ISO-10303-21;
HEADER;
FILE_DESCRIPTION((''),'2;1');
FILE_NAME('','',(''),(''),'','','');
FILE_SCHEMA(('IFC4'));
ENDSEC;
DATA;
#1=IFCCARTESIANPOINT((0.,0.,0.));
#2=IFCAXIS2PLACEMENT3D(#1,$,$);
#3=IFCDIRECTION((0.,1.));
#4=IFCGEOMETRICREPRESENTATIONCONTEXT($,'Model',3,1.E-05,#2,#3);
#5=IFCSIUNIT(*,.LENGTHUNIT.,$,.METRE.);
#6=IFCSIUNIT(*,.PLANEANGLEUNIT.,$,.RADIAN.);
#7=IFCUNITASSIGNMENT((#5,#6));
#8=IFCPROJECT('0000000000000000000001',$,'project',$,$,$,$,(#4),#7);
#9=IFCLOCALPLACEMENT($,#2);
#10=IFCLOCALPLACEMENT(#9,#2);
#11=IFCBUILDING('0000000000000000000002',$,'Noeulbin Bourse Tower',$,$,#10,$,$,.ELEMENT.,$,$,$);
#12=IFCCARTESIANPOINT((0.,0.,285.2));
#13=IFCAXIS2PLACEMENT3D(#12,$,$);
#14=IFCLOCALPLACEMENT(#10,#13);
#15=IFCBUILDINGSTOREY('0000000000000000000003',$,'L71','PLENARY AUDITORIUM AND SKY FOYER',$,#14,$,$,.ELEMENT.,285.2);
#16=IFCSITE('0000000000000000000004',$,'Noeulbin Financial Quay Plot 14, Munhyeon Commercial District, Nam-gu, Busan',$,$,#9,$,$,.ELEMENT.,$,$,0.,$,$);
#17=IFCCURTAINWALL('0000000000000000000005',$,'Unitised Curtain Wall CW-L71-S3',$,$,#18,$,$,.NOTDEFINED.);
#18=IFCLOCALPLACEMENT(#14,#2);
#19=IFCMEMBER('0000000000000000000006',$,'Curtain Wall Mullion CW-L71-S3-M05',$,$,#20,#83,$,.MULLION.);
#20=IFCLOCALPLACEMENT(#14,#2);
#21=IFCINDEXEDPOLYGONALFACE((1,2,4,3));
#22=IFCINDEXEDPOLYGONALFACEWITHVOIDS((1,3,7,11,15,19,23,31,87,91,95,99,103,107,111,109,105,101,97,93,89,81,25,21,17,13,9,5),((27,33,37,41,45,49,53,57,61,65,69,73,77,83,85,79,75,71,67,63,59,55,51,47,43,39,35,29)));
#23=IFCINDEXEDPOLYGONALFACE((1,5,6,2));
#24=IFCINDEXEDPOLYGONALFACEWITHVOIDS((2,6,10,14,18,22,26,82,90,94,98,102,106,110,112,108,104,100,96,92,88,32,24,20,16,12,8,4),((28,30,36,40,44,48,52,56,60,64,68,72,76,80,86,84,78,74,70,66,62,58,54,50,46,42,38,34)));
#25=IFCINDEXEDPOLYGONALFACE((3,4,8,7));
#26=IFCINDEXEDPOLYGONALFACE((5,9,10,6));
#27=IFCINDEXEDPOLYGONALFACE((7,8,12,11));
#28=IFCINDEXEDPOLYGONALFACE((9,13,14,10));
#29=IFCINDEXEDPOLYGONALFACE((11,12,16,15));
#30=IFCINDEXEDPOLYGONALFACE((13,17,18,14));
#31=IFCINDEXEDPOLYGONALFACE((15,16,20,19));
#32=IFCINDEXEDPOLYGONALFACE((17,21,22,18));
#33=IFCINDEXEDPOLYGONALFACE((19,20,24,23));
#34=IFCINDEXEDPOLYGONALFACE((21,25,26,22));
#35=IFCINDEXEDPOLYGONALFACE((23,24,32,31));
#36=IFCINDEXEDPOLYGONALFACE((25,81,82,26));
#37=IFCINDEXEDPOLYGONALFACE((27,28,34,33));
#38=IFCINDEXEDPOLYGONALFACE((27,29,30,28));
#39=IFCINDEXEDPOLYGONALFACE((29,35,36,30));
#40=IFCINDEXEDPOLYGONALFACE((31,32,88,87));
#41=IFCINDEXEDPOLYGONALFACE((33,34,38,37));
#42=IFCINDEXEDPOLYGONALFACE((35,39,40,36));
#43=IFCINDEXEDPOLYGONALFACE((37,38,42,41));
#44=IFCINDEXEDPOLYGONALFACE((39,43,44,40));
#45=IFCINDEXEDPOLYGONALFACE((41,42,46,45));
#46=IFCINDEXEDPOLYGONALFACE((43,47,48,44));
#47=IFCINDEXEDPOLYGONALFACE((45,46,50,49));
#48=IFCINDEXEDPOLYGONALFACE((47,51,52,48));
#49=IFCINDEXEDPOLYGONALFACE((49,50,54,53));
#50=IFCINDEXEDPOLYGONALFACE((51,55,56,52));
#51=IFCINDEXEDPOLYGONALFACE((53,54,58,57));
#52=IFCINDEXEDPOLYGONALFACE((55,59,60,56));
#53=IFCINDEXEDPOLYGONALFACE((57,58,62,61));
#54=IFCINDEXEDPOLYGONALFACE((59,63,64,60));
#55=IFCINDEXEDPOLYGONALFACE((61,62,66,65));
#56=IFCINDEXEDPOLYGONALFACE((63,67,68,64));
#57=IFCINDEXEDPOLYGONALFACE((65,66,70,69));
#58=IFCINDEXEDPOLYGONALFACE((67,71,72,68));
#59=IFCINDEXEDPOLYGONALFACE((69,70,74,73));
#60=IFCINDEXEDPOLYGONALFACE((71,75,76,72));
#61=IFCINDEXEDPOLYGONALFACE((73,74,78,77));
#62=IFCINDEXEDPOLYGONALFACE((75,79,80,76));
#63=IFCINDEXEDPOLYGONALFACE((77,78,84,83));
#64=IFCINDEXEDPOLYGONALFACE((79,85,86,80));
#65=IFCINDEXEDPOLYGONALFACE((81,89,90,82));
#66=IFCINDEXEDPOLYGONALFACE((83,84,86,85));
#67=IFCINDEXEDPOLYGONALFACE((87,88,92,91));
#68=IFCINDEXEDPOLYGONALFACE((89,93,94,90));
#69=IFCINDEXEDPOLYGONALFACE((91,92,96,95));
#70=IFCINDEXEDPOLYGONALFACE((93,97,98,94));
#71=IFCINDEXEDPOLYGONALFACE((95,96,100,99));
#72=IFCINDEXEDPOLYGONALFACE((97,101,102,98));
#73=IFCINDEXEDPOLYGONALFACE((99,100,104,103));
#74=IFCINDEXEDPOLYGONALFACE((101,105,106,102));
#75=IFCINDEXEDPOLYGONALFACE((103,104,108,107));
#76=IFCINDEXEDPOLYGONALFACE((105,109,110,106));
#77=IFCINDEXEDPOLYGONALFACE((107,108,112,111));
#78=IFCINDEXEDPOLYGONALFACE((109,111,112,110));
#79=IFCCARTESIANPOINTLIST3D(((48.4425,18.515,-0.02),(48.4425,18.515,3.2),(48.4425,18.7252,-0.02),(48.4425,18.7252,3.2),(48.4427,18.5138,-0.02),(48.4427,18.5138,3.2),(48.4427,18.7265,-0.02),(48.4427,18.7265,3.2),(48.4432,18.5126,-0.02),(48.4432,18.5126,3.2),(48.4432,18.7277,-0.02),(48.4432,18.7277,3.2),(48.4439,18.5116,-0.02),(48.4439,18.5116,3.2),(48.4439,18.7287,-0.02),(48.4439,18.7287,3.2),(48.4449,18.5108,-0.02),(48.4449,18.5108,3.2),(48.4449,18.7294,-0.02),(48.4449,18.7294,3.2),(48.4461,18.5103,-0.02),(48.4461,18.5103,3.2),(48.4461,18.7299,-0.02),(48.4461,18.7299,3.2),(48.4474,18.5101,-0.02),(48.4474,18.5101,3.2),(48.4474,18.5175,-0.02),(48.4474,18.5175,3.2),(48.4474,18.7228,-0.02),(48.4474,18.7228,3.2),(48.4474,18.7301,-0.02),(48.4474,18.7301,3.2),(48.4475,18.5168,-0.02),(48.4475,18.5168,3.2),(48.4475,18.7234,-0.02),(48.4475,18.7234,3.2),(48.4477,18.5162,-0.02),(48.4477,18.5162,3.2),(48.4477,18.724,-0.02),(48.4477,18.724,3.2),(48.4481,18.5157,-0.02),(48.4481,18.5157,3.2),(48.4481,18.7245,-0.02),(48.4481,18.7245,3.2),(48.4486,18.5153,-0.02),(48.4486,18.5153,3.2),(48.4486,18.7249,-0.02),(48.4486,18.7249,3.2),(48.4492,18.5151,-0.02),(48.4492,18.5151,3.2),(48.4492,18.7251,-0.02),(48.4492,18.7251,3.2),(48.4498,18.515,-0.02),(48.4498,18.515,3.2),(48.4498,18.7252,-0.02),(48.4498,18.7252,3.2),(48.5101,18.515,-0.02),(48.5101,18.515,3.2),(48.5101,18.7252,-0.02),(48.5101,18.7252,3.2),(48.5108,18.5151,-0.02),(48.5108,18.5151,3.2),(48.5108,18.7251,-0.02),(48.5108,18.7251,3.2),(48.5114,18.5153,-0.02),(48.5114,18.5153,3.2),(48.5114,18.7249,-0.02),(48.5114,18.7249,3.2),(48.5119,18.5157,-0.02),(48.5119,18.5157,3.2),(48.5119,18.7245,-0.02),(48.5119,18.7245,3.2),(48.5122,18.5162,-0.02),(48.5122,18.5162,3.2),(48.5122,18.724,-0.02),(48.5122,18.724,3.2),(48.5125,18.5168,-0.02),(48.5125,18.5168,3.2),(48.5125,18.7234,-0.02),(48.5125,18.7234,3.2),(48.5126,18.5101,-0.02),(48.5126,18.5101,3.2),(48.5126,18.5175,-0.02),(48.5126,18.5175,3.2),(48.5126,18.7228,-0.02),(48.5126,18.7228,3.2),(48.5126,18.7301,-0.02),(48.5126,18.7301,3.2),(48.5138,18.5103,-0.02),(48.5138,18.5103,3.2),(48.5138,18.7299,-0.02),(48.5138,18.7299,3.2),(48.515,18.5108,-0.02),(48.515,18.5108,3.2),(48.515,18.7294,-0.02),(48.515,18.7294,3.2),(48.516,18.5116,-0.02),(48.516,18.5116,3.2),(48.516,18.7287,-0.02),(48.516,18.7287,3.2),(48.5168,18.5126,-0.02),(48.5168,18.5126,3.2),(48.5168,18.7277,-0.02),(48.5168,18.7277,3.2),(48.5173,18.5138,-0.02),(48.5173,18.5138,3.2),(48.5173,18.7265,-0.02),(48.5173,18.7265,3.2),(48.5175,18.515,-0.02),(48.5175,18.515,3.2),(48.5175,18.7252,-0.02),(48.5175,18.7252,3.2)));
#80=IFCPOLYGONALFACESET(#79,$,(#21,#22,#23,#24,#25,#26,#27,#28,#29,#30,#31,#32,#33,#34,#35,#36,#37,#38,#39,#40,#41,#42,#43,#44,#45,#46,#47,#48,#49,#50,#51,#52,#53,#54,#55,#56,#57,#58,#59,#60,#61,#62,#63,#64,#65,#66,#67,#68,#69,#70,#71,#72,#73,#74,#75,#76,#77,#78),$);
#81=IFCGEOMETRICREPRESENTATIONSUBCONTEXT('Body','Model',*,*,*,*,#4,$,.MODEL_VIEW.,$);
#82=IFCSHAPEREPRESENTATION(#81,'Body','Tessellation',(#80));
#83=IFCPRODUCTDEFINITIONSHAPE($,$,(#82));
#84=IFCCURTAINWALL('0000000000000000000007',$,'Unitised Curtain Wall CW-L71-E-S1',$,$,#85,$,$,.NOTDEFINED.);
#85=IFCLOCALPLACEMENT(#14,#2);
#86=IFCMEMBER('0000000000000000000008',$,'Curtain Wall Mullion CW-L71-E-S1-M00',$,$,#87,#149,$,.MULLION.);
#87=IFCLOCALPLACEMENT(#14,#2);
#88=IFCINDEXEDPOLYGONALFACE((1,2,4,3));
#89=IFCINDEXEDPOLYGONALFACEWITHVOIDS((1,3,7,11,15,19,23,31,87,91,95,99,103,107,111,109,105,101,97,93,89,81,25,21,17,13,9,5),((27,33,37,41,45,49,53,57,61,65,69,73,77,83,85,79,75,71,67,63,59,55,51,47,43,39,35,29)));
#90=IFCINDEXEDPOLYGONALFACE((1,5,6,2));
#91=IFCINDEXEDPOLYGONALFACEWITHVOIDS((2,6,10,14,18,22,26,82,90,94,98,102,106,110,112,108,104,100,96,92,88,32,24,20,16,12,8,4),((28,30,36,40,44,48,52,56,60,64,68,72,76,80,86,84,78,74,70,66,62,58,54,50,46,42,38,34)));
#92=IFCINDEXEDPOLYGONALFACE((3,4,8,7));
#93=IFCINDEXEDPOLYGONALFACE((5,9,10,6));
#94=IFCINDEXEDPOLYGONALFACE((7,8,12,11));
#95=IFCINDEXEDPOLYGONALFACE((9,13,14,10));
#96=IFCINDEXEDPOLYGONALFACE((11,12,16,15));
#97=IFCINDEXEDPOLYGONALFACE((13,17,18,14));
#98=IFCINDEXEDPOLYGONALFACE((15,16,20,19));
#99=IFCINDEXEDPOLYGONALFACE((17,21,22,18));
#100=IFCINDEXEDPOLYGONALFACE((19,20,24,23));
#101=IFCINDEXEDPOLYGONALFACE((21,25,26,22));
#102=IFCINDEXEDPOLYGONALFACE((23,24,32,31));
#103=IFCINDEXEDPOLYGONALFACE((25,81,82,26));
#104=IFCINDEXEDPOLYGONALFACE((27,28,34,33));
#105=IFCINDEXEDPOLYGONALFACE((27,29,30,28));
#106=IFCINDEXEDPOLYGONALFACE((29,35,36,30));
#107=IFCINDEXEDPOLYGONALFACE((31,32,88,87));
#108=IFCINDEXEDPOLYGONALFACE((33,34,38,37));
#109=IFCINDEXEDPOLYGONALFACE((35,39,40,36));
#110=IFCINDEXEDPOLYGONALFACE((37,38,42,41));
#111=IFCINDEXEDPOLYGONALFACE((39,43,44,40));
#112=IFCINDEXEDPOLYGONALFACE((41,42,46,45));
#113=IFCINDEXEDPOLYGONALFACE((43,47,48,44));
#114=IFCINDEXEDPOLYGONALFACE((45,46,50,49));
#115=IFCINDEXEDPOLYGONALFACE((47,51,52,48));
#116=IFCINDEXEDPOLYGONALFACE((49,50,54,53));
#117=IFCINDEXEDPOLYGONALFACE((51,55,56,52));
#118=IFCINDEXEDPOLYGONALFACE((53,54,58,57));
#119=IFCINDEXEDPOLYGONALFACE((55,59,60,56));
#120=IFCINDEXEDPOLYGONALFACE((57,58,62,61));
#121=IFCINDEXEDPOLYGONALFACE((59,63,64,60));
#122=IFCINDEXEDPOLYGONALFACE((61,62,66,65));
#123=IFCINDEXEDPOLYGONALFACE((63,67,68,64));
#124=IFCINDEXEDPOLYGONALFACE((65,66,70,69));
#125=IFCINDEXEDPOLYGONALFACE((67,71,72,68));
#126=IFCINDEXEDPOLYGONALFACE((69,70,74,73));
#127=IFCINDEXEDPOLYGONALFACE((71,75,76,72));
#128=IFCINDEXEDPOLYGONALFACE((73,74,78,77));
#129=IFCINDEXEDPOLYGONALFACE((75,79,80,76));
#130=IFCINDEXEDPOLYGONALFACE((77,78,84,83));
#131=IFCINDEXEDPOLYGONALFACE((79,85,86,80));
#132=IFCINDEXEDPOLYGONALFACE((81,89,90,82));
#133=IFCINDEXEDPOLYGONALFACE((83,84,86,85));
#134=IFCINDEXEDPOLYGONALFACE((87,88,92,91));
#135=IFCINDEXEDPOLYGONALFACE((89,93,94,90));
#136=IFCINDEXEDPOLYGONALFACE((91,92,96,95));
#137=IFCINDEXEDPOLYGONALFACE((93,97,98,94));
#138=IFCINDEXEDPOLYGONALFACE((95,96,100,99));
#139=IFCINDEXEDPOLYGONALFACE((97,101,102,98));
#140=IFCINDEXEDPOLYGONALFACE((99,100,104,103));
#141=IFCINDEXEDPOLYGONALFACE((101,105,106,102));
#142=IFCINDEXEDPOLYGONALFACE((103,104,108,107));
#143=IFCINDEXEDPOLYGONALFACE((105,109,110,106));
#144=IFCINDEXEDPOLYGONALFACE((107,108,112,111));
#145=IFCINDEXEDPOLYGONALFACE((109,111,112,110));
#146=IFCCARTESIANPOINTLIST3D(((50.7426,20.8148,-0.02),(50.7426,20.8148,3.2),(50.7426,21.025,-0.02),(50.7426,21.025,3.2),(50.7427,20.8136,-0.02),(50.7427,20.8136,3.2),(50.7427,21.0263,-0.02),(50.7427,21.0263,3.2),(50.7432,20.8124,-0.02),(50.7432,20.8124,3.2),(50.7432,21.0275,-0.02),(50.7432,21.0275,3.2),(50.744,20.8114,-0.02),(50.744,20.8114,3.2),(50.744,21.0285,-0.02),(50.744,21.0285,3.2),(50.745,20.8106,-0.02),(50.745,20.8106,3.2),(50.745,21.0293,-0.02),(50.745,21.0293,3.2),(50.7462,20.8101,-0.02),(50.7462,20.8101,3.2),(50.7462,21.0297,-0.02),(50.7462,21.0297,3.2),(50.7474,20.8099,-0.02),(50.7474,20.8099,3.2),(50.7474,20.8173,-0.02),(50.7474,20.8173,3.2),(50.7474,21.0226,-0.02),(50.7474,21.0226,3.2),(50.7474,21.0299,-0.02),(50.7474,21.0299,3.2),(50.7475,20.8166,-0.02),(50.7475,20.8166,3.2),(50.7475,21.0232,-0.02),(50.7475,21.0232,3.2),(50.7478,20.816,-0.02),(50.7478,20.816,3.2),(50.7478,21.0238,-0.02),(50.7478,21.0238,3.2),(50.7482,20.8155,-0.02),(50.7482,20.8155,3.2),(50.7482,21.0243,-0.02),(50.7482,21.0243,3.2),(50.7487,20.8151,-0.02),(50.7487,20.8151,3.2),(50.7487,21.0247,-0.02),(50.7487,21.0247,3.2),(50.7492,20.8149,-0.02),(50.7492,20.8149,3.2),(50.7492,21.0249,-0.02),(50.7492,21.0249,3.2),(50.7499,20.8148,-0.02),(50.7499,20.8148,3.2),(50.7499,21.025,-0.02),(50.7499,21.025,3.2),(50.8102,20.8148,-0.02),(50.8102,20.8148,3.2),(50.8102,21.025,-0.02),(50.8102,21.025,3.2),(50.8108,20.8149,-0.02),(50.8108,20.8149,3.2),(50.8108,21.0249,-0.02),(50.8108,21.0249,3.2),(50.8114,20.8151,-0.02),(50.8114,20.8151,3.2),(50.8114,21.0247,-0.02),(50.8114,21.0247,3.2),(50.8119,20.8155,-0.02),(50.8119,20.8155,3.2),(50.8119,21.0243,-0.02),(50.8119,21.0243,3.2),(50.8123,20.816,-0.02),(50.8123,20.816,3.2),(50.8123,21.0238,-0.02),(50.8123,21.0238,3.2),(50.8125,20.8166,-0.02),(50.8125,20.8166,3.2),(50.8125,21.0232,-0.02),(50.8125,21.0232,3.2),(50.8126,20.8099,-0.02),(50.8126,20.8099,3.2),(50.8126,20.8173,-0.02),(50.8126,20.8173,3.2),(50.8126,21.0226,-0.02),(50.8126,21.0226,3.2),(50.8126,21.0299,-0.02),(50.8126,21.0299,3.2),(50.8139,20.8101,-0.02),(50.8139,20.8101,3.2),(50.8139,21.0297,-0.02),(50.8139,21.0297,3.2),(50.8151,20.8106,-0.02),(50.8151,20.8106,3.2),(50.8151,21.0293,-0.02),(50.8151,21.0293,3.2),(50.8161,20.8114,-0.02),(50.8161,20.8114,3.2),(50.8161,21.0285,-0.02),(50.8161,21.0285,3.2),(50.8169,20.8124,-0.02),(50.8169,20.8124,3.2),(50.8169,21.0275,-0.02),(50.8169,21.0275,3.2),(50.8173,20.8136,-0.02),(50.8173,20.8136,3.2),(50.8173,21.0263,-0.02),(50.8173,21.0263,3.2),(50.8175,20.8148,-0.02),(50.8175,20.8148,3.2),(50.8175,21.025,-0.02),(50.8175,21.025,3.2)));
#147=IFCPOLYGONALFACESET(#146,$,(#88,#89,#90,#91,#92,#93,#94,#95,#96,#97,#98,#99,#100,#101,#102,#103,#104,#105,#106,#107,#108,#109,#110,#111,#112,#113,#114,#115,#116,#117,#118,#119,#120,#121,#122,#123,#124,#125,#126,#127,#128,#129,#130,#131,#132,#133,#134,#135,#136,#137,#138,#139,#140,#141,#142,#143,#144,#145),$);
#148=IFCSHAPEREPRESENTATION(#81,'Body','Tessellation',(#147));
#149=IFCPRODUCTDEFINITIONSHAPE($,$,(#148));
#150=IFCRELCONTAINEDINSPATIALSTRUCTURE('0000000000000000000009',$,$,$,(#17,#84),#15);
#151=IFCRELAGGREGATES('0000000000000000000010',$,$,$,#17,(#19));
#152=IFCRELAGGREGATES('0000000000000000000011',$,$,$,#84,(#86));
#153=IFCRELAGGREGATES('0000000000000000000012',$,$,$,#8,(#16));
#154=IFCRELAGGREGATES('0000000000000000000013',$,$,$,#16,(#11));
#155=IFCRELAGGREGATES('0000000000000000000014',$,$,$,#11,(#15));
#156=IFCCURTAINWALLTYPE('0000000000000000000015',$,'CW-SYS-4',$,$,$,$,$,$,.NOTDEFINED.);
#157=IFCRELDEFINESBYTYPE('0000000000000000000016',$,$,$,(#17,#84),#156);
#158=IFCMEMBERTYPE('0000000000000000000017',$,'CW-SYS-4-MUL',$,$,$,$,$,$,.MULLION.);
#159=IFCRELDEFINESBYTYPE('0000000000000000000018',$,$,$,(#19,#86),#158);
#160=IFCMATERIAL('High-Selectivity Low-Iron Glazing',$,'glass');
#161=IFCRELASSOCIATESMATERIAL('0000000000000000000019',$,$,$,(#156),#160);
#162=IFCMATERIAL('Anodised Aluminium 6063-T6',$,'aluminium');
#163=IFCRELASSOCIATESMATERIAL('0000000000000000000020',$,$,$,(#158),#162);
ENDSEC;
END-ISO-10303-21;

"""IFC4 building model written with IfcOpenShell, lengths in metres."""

from ifc_helpers import new_model, si_unit, direction, frame, origin, origin_2d, place, context, subcontext, project, spatial, hollow_rectangle, extrude, material, material_profile, profile_set, type_object, element, aggregate, save


model = new_model("IFC4")

# Units and contexts
model_context = context("Model", 3, precision=1e-05, world=origin(), true_north=direction((0.0, 1.0)))
body_context = subcontext(model_context, "Body", "Model", "MODEL_VIEW")
ifc_project = project(units=[si_unit("LENGTHUNIT", "METRE"), si_unit("PLANEANGLEUNIT", "RADIAN")], contexts=[model_context])

# Site, building, storey
site_placement = place(None, origin())
site = spatial("IfcSite", under=ifc_project, at=site_placement, Name="Noeulbin Financial Quay Plot 14, Munhyeon Commercial District, Nam-gu, Busan", CompositionType="ELEMENT", RefElevation=0.0)
building_placement = place(site_placement, origin())
building = spatial("IfcBuilding", under=site, at=building_placement, Name="Noeulbin Bourse Tower", CompositionType="ELEMENT")
storey_placement = place(building_placement, frame((0.0, 0.0, 285.2)))
storey = spatial("IfcBuildingStorey", under=building, at=storey_placement, Name="L71", Description="PLENARY AUDITORIUM AND SKY FOYER", CompositionType="ELEMENT", Elevation=285.2)

# Curtain walls, members
ifc_material_1 = material(Name="High-Selectivity Low-Iron Glazing", Category="glass")
curtain_wall_type = type_object("IfcCurtainWallType", Name="CW-SYS-4", PredefinedType="NOTDEFINED", material=ifc_material_1)
curtain_wall_1_placement = place(storey_placement, origin())
curtain_wall_1 = element("IfcCurtainWall", 1, at=curtain_wall_1_placement, inside=storey, type_object=curtain_wall_type, Name="Unitised Curtain Wall CW-L71-S3", PredefinedType="NOTDEFINED")
ifc_material_2 = material(Name="Anodised Aluminium 6063-T6", Category="aluminium")
ifc_material_profile_1 = material_profile(ifc_material_2, hollow_rectangle(XDim=0.075, YDim=0.22, WallThickness=0.0049, InnerFilletRadius=0.0024, OuterFilletRadius=0.0049, at=origin_2d()), Name="ALU-MULL-75x220x5", Category="LoadBearing")
ifc_profile_set_1 = profile_set([ifc_material_profile_1], Name="Anodised Aluminium 6063-T6")
member_type_1 = type_object("IfcMemberType", Name="CW-SYS-4-MUL", PredefinedType="MULLION", material=ifc_profile_set_1)
member_1_placement = place(storey_placement, frame((48.48, 18.6201, -0.02), z_axis=(0.0, 0.0, 1.0), x_axis=(1.0, 0.0, 0.0)))
member_1 = element("IfcMember", 2, at=member_1_placement, type_object=member_type_1, Name="Curtain Wall Mullion CW-L71-S3-M05", PredefinedType="MULLION", context=body_context, shape_type="SweptSolid", body=[
    extrude(hollow_rectangle(XDim=0.075, YDim=0.22, WallThickness=0.0049, InnerFilletRadius=0.0024, OuterFilletRadius=0.0049, at=origin_2d()), origin(), (0.0, 0.0, 1.0), 3.22),
])
curtain_wall_2_placement = place(storey_placement, origin())
curtain_wall_2 = element("IfcCurtainWall", 3, at=curtain_wall_2_placement, inside=storey, type_object=curtain_wall_type, Name="Unitised Curtain Wall CW-L71-E-S1", PredefinedType="NOTDEFINED")
member_2_placement = place(storey_placement, frame((50.78, 20.9199, -0.02), z_axis=(0.0, 0.0, 1.0), x_axis=(1.0, 0.0, 0.0)))
member_2 = element("IfcMember", 4, at=member_2_placement, type_object=member_type_1, Name="Curtain Wall Mullion CW-L71-E-S1-M00", PredefinedType="MULLION", context=body_context, shape_type="SweptSolid", body=[
    extrude(hollow_rectangle(XDim=0.075, YDim=0.22, WallThickness=0.0049, InnerFilletRadius=0.0024, OuterFilletRadius=0.0049, at=origin_2d()), origin(), (0.0, 0.0, 1.0), 3.22),
])

aggregate(curtain_wall_1, [member_1])
aggregate(curtain_wall_2, [member_2])

save(model, "model.ifc")
